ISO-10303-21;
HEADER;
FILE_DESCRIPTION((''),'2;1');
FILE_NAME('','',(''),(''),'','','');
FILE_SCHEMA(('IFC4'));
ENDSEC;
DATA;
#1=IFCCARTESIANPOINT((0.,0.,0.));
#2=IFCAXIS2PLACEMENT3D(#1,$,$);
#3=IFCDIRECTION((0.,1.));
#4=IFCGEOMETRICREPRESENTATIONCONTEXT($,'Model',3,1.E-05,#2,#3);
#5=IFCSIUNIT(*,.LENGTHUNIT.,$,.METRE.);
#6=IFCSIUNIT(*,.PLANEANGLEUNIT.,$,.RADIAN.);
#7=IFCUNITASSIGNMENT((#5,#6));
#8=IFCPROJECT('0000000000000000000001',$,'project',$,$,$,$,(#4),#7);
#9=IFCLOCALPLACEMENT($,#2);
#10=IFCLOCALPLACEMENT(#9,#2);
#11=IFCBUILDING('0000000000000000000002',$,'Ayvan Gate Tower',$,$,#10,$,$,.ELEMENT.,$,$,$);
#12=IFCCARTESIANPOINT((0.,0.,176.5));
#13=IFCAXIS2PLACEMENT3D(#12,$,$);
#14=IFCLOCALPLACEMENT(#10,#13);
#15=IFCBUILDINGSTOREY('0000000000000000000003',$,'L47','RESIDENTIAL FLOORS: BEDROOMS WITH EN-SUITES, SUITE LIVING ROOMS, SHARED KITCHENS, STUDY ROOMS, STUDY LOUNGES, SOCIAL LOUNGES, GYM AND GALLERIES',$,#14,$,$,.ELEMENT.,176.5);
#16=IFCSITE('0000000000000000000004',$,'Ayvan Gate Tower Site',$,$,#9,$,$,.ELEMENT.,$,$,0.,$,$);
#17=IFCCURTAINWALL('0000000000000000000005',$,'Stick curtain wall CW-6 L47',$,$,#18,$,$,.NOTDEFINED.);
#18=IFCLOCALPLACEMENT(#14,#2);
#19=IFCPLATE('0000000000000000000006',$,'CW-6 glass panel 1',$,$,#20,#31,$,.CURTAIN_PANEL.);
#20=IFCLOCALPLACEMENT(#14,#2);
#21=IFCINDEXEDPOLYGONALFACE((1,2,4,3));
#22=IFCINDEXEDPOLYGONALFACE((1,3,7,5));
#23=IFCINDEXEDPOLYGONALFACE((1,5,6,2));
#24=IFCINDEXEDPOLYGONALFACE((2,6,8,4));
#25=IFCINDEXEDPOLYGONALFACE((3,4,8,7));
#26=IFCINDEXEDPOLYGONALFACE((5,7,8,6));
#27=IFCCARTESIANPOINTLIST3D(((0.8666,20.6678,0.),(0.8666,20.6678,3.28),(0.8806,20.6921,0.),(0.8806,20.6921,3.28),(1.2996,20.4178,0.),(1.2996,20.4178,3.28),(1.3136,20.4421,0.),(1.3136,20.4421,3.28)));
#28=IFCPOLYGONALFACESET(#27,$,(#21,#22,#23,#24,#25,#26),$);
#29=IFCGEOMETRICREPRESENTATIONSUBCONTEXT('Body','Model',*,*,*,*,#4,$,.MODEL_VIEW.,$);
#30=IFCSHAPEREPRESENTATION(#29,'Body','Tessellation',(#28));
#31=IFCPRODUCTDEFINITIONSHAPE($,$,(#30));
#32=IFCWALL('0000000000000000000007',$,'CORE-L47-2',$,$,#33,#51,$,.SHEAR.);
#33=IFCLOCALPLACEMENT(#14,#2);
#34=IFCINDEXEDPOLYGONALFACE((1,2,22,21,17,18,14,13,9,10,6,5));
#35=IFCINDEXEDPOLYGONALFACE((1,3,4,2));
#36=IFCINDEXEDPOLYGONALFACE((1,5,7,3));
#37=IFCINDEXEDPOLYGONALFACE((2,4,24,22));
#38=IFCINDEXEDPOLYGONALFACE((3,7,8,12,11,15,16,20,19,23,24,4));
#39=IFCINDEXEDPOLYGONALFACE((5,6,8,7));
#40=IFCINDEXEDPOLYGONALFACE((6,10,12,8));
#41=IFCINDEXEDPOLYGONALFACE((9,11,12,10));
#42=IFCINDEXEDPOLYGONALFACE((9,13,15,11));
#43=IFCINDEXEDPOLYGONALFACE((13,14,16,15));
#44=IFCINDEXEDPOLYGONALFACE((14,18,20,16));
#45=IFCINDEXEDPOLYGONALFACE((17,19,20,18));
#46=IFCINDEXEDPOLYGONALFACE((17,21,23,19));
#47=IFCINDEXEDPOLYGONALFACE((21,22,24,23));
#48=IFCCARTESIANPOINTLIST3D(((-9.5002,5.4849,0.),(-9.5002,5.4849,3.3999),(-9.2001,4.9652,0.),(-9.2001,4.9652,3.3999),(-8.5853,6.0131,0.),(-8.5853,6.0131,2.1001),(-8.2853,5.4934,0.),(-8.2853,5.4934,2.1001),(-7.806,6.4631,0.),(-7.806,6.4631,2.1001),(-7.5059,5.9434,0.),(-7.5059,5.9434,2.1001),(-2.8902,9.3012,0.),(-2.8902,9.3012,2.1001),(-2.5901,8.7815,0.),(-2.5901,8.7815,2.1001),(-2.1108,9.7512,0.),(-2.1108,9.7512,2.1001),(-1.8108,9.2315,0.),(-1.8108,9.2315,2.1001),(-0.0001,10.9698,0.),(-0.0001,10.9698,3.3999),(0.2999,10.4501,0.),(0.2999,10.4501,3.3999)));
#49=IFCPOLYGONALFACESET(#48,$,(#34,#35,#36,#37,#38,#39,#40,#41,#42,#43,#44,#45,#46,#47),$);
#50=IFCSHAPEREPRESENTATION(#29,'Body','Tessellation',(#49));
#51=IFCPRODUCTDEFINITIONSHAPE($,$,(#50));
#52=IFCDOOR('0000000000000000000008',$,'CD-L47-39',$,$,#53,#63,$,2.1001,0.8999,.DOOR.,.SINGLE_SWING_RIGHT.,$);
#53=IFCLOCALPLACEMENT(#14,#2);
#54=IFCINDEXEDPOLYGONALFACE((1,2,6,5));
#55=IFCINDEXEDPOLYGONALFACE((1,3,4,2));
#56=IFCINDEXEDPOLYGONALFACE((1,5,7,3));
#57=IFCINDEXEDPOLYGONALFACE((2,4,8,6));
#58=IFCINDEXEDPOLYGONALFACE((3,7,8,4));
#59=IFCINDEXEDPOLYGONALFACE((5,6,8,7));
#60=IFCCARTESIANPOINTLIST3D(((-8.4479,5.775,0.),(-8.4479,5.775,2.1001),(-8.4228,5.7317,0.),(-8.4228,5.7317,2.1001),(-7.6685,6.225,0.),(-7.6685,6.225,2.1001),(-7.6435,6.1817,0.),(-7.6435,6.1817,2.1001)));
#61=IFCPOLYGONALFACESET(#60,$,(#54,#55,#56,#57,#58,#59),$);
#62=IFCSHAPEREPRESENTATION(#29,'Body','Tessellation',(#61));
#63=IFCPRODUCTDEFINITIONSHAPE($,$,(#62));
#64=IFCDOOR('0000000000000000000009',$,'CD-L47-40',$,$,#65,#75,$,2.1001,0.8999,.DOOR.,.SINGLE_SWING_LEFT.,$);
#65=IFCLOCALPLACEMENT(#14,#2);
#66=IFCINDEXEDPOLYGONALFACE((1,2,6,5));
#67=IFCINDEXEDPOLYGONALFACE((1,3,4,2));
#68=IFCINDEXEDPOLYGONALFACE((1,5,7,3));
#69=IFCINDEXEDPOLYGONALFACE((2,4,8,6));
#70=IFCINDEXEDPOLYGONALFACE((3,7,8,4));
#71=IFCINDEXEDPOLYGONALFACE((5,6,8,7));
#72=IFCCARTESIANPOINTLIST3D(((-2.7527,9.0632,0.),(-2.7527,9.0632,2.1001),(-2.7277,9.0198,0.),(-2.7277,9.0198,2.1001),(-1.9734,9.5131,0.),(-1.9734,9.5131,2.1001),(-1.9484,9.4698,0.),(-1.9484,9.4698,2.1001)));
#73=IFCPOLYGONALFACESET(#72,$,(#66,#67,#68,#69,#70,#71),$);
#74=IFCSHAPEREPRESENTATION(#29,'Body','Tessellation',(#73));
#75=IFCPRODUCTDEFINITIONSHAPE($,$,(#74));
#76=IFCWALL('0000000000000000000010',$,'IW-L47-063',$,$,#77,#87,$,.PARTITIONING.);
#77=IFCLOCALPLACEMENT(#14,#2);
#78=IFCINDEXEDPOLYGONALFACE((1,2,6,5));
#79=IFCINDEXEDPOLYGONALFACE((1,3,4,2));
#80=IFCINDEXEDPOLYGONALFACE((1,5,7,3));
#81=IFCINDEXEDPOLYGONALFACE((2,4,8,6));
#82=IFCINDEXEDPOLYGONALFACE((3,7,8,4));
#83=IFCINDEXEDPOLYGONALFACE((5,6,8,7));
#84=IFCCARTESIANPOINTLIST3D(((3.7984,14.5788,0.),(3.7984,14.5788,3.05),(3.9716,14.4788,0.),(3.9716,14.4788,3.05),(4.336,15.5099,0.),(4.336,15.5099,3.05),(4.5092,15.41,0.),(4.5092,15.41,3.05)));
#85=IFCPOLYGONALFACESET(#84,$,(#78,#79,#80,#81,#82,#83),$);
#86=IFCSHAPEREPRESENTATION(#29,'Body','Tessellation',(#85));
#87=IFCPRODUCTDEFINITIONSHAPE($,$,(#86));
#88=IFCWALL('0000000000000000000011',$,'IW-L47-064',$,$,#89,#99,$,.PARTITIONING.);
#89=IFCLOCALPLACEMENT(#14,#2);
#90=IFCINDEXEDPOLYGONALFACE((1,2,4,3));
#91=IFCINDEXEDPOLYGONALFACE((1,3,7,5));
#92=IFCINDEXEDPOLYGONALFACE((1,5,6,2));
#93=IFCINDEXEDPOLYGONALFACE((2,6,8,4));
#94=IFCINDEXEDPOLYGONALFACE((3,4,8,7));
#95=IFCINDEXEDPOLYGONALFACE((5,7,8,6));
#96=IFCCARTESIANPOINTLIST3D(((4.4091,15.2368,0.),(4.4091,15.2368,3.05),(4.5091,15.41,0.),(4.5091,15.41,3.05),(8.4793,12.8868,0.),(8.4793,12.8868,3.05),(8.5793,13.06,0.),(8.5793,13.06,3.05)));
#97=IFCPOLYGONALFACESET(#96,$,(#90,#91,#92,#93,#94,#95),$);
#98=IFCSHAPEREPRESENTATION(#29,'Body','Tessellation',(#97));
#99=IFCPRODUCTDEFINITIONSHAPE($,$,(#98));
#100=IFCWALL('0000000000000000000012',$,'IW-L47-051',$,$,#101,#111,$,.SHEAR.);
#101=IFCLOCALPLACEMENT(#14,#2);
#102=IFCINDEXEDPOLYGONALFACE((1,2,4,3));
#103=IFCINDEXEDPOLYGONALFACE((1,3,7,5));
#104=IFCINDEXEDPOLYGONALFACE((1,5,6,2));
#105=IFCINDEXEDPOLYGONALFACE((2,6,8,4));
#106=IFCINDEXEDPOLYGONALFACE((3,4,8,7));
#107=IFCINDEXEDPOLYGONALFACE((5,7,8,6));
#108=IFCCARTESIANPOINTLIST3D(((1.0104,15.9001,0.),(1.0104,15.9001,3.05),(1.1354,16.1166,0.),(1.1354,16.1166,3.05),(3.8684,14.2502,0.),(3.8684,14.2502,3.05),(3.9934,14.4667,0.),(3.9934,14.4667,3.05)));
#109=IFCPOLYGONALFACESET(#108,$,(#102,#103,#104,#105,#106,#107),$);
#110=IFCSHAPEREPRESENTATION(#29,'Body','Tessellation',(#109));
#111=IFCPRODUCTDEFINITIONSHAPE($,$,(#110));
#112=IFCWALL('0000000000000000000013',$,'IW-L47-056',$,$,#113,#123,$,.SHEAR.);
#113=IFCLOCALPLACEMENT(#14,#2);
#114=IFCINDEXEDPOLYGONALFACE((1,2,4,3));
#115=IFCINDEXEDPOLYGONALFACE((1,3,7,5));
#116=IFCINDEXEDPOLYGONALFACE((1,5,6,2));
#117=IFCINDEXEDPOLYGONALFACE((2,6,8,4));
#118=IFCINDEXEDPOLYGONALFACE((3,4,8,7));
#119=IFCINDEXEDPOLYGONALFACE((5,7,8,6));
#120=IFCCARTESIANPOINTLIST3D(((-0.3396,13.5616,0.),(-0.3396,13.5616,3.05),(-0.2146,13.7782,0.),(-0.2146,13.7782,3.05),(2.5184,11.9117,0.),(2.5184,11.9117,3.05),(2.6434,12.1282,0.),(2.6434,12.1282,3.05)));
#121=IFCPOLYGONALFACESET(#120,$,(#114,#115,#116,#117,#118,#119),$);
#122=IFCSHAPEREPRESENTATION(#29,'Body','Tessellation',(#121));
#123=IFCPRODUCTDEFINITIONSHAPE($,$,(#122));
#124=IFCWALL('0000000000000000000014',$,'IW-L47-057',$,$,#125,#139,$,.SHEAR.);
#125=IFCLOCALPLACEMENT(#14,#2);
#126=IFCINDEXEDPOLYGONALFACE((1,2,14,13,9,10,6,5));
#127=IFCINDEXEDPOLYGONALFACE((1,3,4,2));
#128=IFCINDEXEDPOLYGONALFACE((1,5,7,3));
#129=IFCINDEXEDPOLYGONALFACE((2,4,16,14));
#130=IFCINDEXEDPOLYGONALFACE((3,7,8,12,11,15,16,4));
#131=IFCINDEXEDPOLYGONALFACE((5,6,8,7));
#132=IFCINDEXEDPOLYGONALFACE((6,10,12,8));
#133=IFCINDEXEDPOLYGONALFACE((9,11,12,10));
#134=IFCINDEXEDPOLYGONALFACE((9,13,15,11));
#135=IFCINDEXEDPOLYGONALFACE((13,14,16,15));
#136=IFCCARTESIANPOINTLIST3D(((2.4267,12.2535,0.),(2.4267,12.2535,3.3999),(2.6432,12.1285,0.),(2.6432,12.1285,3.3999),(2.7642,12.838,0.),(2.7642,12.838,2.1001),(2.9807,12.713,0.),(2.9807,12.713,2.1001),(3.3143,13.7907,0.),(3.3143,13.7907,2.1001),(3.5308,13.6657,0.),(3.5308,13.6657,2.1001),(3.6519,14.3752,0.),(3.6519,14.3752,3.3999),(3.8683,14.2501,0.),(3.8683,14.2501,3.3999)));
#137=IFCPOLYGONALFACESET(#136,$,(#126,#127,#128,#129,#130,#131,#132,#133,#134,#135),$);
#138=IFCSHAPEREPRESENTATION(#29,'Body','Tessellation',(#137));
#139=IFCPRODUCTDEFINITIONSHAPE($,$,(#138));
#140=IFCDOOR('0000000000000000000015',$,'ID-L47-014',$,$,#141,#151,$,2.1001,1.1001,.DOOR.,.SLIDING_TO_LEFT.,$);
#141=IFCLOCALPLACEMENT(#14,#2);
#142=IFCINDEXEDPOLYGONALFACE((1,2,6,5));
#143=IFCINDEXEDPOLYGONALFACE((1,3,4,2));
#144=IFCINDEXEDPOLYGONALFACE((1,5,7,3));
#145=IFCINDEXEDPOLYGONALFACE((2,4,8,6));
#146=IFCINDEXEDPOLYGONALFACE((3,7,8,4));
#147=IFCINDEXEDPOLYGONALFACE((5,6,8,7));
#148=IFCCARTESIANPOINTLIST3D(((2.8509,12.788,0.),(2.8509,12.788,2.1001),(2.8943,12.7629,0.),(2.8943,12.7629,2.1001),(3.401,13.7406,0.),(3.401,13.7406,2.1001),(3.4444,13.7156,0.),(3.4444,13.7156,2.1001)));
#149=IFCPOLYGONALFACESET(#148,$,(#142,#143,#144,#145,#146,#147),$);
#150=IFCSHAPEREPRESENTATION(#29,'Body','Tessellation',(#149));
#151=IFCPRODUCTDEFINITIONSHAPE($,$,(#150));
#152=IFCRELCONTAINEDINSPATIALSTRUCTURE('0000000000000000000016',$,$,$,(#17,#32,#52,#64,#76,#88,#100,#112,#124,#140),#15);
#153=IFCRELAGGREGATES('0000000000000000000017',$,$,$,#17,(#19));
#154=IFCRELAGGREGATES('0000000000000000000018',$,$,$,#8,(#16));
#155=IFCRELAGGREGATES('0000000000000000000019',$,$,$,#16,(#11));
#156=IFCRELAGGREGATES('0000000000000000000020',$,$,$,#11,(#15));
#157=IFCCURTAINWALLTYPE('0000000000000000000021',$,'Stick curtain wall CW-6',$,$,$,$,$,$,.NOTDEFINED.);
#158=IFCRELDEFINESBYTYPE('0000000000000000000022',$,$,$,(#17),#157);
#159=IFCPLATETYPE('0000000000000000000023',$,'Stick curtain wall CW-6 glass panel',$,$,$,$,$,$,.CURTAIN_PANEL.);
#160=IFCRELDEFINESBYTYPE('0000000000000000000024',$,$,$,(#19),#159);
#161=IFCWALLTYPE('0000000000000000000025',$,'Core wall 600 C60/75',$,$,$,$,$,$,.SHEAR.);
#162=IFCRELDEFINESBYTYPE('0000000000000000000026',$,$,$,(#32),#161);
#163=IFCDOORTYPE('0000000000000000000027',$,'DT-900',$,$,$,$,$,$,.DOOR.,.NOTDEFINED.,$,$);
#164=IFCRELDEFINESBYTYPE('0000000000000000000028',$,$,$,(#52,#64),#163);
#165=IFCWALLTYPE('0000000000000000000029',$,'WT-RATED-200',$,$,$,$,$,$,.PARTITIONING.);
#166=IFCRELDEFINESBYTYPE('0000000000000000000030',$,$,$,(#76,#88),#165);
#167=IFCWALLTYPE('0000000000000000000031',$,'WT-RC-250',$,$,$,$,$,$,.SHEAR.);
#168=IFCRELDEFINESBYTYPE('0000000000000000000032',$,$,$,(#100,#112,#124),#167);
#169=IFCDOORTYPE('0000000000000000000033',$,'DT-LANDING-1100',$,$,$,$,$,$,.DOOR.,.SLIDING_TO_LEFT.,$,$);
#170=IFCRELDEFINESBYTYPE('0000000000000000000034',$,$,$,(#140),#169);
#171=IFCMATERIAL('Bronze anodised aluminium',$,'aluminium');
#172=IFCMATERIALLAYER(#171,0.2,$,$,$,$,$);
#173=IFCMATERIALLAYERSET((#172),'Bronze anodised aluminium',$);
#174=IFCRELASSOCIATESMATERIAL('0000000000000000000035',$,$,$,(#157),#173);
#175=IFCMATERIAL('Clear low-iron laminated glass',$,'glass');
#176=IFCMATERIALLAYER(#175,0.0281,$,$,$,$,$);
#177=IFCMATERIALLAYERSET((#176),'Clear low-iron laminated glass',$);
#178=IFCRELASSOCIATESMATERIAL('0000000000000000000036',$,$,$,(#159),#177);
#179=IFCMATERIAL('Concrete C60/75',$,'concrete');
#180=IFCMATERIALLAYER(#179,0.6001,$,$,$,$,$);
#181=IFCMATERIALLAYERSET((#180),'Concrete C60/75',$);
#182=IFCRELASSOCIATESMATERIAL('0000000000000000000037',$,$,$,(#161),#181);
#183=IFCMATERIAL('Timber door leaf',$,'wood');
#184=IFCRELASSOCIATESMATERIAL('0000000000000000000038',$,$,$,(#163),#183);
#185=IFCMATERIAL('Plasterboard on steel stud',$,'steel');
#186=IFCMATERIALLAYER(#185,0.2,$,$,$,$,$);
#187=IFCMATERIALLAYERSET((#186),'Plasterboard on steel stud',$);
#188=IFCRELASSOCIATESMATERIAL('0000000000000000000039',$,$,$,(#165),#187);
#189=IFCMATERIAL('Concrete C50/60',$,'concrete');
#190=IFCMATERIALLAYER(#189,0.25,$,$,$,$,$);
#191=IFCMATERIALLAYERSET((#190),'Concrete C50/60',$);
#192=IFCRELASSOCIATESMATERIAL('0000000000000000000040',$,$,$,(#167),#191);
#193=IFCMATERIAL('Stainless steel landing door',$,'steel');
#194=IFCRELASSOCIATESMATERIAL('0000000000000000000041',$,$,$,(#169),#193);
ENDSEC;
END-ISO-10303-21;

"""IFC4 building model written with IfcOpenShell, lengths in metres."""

from ifc_helpers import new_model, si_unit, direction, frame, frame_2d, origin, origin_2d, place, context, subcontext, project, spatial, rectangle, extrude, material, layer, layer_set, type_object, element, fill, aggregate, save


model = new_model("IFC4")

# Units and contexts
model_context = context("Model", 3, precision=1e-05, world=origin(), true_north=direction((0.0, 1.0)))
body_context = subcontext(model_context, "Body", "Model", "MODEL_VIEW")
ifc_project = project(units=[si_unit("LENGTHUNIT", "METRE"), si_unit("PLANEANGLEUNIT", "RADIAN")], contexts=[model_context])

# Site, building, storey
site_placement = place(None, origin())
site = spatial("IfcSite", under=ifc_project, at=site_placement, Name="Ayvan Gate Tower Site", CompositionType="ELEMENT", RefElevation=0.0)
building_placement = place(site_placement, origin())
building = spatial("IfcBuilding", under=site, at=building_placement, Name="Ayvan Gate Tower", CompositionType="ELEMENT")
storey_placement = place(building_placement, frame((0.0, 0.0, 176.5)))
storey = spatial("IfcBuildingStorey", under=building, at=storey_placement, Name="L47", Description="RESIDENTIAL FLOORS: BEDROOMS WITH EN-SUITES, SUITE LIVING ROOMS, SHARED KITCHENS, STUDY ROOMS, STUDY LOUNGES, SOCIAL LOUNGES, GYM AND GALLERIES", CompositionType="ELEMENT", Elevation=176.5)

# Curtain wall
ifc_material_1 = material(Name="Bronze anodised aluminium", Category="aluminium")
ifc_layer_1 = layer(ifc_material_1, 0.2)
ifc_layer_set_1 = layer_set([ifc_layer_1], Name="Bronze anodised aluminium")
curtain_wall_type_1 = type_object("IfcCurtainWallType", Name="Stick curtain wall CW-6", PredefinedType="NOTDEFINED", material=ifc_layer_set_1)
curtain_wall_1_placement = place(storey_placement, origin())
curtain_wall_1 = element("IfcCurtainWall", 1, at=curtain_wall_1_placement, inside=storey, type_object=curtain_wall_type_1, Name="Stick curtain wall CW-6 L47", PredefinedType="NOTDEFINED")

# Plate
ifc_material_2 = material(Name="Clear low-iron laminated glass", Category="glass")
ifc_layer_2 = layer(ifc_material_2, 0.0281)
ifc_layer_set_2 = layer_set([ifc_layer_2], Name="Clear low-iron laminated glass")
plate_type_1 = type_object("IfcPlateType", Name="Stick curtain wall CW-6 glass panel", PredefinedType="CURTAIN_PANEL", material=ifc_layer_set_2)
plate_1_placement = place(storey_placement, frame((1.0901, 20.5549, 0.0), z_axis=(0.0, 0.0, 1.0), x_axis=(-0.866025, 0.5, 0.0)))
plate_1 = element("IfcPlate", 2, at=plate_1_placement, type_object=plate_type_1, Name="CW-6 glass panel 1", PredefinedType="CURTAIN_PANEL", context=body_context, shape_type="SweptSolid", body=[
    extrude(rectangle(XDim=0.5, YDim=0.0281, at=origin_2d()), origin(), (0.0, 0.0, 1.0), 3.28),
])
aggregate(curtain_wall_1, [plate_1])

# Wall, openings, doors
ifc_material_3 = material(Name="Concrete C60/75", Category="concrete")
ifc_layer_3 = layer(ifc_material_3, 0.6001)
ifc_layer_set_3 = layer_set([ifc_layer_3], Name="Concrete C60/75")
wall_type_1 = type_object("IfcWallType", Name="Core wall 600 C60/75", PredefinedType="SHEAR", material=ifc_layer_set_3)
wall_1_placement = place(storey_placement, frame((0.1499, 10.71, 0.0), z_axis=(0.0, 0.0, 1.0), x_axis=(-0.866024, -0.500002, 0.0)))
wall_1 = element("IfcWall", 3, at=wall_1_placement, inside=storey, type_object=wall_type_1, Name="CORE-L47-2", PredefinedType="SHEAR", context=body_context, shape_type="SweptSolid", body=[
    extrude(rectangle(XDim=10.9697, YDim=0.6001, at=frame_2d((5.4849, 0.0))), origin(), (0.0, 0.0, 1.0), 3.3999),
])
opening_1_placement = place(wall_1_placement, frame((9.0134, 0.0, 0.0)))
opening_1 = element("IfcOpeningElement", 4, at=opening_1_placement, cuts=wall_1, PredefinedType="OPENING", context=body_context, shape_type="SweptSolid", body=[
    extrude(rectangle(XDim=0.8999, YDim=2.1001, at=frame_2d((0.45, 1.05))), frame((0.0, 0.3101, 0.0), z_axis=(0.0, -1.0, 0.0), x_axis=(1.0, 0.0, 0.0)), (0.0, 0.0, 1.0), 0.6201),
])
opening_2_placement = place(wall_1_placement, frame((2.4373, 0.0, 0.0)))
opening_2 = element("IfcOpeningElement", 5, at=opening_2_placement, cuts=wall_1, PredefinedType="OPENING", context=body_context, shape_type="SweptSolid", body=[
    extrude(rectangle(XDim=0.8999, YDim=2.1001, at=frame_2d((0.45, 1.05))), frame((0.0, 0.3101, 0.0), z_axis=(0.0, -1.0, 0.0), x_axis=(1.0, 0.0, 0.0)), (0.0, 0.0, 1.0), 0.6201),
])
ifc_material_4 = material(Name="Timber door leaf", Category="wood")
door_type_1 = type_object("IfcDoorType", Name="DT-900", OperationType="NOTDEFINED", PredefinedType="DOOR", material=ifc_material_4)
door_1_placement = place(opening_1_placement, origin())
door_1 = element("IfcDoor", 6, at=door_1_placement, inside=storey, type_object=door_type_1, Name="CD-L47-39", OperationType="SINGLE_SWING_RIGHT", OverallHeight=2.1001, OverallWidth=0.8999, PredefinedType="DOOR", context=body_context, shape_type="SweptSolid", body=[
    extrude(rectangle(XDim=0.8999, YDim=2.1001, at=frame_2d((0.45, 1.05))), frame((0.0, 0.0249, 0.0), z_axis=(0.0, -1.0, 0.0), x_axis=(1.0, 0.0, 0.0)), (0.0, 0.0, 1.0), 0.05),
])
fill(opening_1, door_1)
door_2_placement = place(opening_2_placement, origin())
door_2 = element("IfcDoor", 7, at=door_2_placement, inside=storey, type_object=door_type_1, Name="CD-L47-40", OperationType="SINGLE_SWING_LEFT", OverallHeight=2.1001, OverallWidth=0.8999, PredefinedType="DOOR", context=body_context, shape_type="SweptSolid", body=[
    extrude(rectangle(XDim=0.8999, YDim=2.1001, at=frame_2d((0.45, 1.05))), frame((0.0, 0.0249, 0.0), z_axis=(0.0, -1.0, 0.0), x_axis=(1.0, 0.0, 0.0)), (0.0, 0.0, 1.0), 0.05),
])
fill(opening_2, door_2)

# Walls
ifc_material_5 = material(Name="Plasterboard on steel stud", Category="steel")
ifc_layer_4 = layer(ifc_material_5, 0.2)
ifc_layer_set_4 = layer_set([ifc_layer_4], Name="Plasterboard on steel stud")
wall_type_2 = type_object("IfcWallType", Name="WT-RATED-200", PredefinedType="PARTITIONING", material=ifc_layer_set_4)
wall_2_placement = place(storey_placement, frame((3.885, 14.5288, 0.0), z_axis=(0.0, 0.0, 1.0), x_axis=(0.499998, 0.866027, 0.0)))
element("IfcWall", 8, at=wall_2_placement, inside=storey, type_object=wall_type_2, Name="IW-L47-063", PredefinedType="PARTITIONING", context=body_context, shape_type="SweptSolid", body=[
    extrude(rectangle(XDim=1.0752, YDim=0.2, at=frame_2d((0.5376, 0.0))), origin(), (0.0, 0.0, 1.0), 3.05),
])
wall_3_placement = place(storey_placement, frame((4.459, 15.3235, 0.0), z_axis=(0.0, 0.0, 1.0), x_axis=(0.866016, -0.500016, 0.0)))
element("IfcWall", 9, at=wall_3_placement, inside=storey, type_object=wall_type_2, Name="IW-L47-064", PredefinedType="PARTITIONING", context=body_context, shape_type="SweptSolid", body=[
    extrude(rectangle(XDim=4.7, YDim=0.2, at=frame_2d((2.3501, 0.0))), origin(), (0.0, 0.0, 1.0), 3.05),
])
ifc_material_6 = material(Name="Concrete C50/60", Category="concrete")
ifc_layer_5 = layer(ifc_material_6, 0.25)
ifc_layer_set_5 = layer_set([ifc_layer_5], Name="Concrete C50/60")
wall_type_3 = type_object("IfcWallType", Name="WT-RC-250", PredefinedType="SHEAR", material=ifc_layer_set_5)
for number, where, z_axis, x_axis, name in (
    (10, (1.073, 16.0083, 0.0), (0.0, 0.0, 1.0), (0.86604, -0.499974, 0.0), "IW-L47-051"),
    (11, (2.5808, 12.02, 0.0), (0.0, 0.0, 1.0), (-0.86604, 0.499974, 0.0), "IW-L47-056"),
):
    element("IfcWall", number, at=place(storey_placement, frame(where, z_axis=z_axis, x_axis=x_axis)), inside=storey, type_object=wall_type_3, Name=name, PredefinedType="SHEAR", context=body_context, shape_type="SweptSolid", body=[
        extrude(rectangle(XDim=3.3, YDim=0.25, at=frame_2d((1.6499, 0.0))), origin(), (0.0, 0.0, 1.0), 3.05),
    ])

# Wall, opening, door
wall_4_placement = place(storey_placement, frame((2.5349, 12.1909, 0.0), z_axis=(0.0, 0.0, 1.0), x_axis=(0.500062, 0.86599, 0.0)))
wall_4 = element("IfcWall", 12, at=wall_4_placement, inside=storey, type_object=wall_type_3, Name="IW-L47-057", PredefinedType="SHEAR", context=body_context, shape_type="SweptSolid", body=[
    extrude(rectangle(XDim=2.45, YDim=0.25, at=frame_2d((1.2251, 0.0))), origin(), (0.0, 0.0, 1.0), 3.3999),
])
opening_3_placement = place(wall_4_placement, frame((0.675, 0.0, 0.0)))
opening_3 = element("IfcOpeningElement", 13, at=opening_3_placement, cuts=wall_4, PredefinedType="OPENING", context=body_context, shape_type="SweptSolid", body=[
    extrude(rectangle(XDim=1.1001, YDim=2.1001, at=frame_2d((0.55, 1.05))), frame((0.0, 0.135, 0.0), z_axis=(0.0, -1.0, 0.0), x_axis=(1.0, 0.0, 0.0)), (0.0, 0.0, 1.0), 0.27),
])
ifc_material_7 = material(Name="Stainless steel landing door", Category="steel")
door_type_2 = type_object("IfcDoorType", Name="DT-LANDING-1100", OperationType="SLIDING_TO_LEFT", PredefinedType="DOOR", material=ifc_material_7)
door_3_placement = place(opening_3_placement, origin())
door_3 = element("IfcDoor", 14, at=door_3_placement, inside=storey, type_object=door_type_2, Name="ID-L47-014", OperationType="SLIDING_TO_LEFT", OverallHeight=2.1001, OverallWidth=1.1001, PredefinedType="DOOR", context=body_context, shape_type="SweptSolid", body=[
    extrude(rectangle(XDim=1.1001, YDim=2.1001, at=frame_2d((0.55, 1.05))), frame((0.0, 0.0249, 0.0), z_axis=(0.0, -1.0, 0.0), x_axis=(1.0, 0.0, 0.0)), (0.0, 0.0, 1.0), 0.05),
])
fill(opening_3, door_3)

save(model, "model.ifc")
